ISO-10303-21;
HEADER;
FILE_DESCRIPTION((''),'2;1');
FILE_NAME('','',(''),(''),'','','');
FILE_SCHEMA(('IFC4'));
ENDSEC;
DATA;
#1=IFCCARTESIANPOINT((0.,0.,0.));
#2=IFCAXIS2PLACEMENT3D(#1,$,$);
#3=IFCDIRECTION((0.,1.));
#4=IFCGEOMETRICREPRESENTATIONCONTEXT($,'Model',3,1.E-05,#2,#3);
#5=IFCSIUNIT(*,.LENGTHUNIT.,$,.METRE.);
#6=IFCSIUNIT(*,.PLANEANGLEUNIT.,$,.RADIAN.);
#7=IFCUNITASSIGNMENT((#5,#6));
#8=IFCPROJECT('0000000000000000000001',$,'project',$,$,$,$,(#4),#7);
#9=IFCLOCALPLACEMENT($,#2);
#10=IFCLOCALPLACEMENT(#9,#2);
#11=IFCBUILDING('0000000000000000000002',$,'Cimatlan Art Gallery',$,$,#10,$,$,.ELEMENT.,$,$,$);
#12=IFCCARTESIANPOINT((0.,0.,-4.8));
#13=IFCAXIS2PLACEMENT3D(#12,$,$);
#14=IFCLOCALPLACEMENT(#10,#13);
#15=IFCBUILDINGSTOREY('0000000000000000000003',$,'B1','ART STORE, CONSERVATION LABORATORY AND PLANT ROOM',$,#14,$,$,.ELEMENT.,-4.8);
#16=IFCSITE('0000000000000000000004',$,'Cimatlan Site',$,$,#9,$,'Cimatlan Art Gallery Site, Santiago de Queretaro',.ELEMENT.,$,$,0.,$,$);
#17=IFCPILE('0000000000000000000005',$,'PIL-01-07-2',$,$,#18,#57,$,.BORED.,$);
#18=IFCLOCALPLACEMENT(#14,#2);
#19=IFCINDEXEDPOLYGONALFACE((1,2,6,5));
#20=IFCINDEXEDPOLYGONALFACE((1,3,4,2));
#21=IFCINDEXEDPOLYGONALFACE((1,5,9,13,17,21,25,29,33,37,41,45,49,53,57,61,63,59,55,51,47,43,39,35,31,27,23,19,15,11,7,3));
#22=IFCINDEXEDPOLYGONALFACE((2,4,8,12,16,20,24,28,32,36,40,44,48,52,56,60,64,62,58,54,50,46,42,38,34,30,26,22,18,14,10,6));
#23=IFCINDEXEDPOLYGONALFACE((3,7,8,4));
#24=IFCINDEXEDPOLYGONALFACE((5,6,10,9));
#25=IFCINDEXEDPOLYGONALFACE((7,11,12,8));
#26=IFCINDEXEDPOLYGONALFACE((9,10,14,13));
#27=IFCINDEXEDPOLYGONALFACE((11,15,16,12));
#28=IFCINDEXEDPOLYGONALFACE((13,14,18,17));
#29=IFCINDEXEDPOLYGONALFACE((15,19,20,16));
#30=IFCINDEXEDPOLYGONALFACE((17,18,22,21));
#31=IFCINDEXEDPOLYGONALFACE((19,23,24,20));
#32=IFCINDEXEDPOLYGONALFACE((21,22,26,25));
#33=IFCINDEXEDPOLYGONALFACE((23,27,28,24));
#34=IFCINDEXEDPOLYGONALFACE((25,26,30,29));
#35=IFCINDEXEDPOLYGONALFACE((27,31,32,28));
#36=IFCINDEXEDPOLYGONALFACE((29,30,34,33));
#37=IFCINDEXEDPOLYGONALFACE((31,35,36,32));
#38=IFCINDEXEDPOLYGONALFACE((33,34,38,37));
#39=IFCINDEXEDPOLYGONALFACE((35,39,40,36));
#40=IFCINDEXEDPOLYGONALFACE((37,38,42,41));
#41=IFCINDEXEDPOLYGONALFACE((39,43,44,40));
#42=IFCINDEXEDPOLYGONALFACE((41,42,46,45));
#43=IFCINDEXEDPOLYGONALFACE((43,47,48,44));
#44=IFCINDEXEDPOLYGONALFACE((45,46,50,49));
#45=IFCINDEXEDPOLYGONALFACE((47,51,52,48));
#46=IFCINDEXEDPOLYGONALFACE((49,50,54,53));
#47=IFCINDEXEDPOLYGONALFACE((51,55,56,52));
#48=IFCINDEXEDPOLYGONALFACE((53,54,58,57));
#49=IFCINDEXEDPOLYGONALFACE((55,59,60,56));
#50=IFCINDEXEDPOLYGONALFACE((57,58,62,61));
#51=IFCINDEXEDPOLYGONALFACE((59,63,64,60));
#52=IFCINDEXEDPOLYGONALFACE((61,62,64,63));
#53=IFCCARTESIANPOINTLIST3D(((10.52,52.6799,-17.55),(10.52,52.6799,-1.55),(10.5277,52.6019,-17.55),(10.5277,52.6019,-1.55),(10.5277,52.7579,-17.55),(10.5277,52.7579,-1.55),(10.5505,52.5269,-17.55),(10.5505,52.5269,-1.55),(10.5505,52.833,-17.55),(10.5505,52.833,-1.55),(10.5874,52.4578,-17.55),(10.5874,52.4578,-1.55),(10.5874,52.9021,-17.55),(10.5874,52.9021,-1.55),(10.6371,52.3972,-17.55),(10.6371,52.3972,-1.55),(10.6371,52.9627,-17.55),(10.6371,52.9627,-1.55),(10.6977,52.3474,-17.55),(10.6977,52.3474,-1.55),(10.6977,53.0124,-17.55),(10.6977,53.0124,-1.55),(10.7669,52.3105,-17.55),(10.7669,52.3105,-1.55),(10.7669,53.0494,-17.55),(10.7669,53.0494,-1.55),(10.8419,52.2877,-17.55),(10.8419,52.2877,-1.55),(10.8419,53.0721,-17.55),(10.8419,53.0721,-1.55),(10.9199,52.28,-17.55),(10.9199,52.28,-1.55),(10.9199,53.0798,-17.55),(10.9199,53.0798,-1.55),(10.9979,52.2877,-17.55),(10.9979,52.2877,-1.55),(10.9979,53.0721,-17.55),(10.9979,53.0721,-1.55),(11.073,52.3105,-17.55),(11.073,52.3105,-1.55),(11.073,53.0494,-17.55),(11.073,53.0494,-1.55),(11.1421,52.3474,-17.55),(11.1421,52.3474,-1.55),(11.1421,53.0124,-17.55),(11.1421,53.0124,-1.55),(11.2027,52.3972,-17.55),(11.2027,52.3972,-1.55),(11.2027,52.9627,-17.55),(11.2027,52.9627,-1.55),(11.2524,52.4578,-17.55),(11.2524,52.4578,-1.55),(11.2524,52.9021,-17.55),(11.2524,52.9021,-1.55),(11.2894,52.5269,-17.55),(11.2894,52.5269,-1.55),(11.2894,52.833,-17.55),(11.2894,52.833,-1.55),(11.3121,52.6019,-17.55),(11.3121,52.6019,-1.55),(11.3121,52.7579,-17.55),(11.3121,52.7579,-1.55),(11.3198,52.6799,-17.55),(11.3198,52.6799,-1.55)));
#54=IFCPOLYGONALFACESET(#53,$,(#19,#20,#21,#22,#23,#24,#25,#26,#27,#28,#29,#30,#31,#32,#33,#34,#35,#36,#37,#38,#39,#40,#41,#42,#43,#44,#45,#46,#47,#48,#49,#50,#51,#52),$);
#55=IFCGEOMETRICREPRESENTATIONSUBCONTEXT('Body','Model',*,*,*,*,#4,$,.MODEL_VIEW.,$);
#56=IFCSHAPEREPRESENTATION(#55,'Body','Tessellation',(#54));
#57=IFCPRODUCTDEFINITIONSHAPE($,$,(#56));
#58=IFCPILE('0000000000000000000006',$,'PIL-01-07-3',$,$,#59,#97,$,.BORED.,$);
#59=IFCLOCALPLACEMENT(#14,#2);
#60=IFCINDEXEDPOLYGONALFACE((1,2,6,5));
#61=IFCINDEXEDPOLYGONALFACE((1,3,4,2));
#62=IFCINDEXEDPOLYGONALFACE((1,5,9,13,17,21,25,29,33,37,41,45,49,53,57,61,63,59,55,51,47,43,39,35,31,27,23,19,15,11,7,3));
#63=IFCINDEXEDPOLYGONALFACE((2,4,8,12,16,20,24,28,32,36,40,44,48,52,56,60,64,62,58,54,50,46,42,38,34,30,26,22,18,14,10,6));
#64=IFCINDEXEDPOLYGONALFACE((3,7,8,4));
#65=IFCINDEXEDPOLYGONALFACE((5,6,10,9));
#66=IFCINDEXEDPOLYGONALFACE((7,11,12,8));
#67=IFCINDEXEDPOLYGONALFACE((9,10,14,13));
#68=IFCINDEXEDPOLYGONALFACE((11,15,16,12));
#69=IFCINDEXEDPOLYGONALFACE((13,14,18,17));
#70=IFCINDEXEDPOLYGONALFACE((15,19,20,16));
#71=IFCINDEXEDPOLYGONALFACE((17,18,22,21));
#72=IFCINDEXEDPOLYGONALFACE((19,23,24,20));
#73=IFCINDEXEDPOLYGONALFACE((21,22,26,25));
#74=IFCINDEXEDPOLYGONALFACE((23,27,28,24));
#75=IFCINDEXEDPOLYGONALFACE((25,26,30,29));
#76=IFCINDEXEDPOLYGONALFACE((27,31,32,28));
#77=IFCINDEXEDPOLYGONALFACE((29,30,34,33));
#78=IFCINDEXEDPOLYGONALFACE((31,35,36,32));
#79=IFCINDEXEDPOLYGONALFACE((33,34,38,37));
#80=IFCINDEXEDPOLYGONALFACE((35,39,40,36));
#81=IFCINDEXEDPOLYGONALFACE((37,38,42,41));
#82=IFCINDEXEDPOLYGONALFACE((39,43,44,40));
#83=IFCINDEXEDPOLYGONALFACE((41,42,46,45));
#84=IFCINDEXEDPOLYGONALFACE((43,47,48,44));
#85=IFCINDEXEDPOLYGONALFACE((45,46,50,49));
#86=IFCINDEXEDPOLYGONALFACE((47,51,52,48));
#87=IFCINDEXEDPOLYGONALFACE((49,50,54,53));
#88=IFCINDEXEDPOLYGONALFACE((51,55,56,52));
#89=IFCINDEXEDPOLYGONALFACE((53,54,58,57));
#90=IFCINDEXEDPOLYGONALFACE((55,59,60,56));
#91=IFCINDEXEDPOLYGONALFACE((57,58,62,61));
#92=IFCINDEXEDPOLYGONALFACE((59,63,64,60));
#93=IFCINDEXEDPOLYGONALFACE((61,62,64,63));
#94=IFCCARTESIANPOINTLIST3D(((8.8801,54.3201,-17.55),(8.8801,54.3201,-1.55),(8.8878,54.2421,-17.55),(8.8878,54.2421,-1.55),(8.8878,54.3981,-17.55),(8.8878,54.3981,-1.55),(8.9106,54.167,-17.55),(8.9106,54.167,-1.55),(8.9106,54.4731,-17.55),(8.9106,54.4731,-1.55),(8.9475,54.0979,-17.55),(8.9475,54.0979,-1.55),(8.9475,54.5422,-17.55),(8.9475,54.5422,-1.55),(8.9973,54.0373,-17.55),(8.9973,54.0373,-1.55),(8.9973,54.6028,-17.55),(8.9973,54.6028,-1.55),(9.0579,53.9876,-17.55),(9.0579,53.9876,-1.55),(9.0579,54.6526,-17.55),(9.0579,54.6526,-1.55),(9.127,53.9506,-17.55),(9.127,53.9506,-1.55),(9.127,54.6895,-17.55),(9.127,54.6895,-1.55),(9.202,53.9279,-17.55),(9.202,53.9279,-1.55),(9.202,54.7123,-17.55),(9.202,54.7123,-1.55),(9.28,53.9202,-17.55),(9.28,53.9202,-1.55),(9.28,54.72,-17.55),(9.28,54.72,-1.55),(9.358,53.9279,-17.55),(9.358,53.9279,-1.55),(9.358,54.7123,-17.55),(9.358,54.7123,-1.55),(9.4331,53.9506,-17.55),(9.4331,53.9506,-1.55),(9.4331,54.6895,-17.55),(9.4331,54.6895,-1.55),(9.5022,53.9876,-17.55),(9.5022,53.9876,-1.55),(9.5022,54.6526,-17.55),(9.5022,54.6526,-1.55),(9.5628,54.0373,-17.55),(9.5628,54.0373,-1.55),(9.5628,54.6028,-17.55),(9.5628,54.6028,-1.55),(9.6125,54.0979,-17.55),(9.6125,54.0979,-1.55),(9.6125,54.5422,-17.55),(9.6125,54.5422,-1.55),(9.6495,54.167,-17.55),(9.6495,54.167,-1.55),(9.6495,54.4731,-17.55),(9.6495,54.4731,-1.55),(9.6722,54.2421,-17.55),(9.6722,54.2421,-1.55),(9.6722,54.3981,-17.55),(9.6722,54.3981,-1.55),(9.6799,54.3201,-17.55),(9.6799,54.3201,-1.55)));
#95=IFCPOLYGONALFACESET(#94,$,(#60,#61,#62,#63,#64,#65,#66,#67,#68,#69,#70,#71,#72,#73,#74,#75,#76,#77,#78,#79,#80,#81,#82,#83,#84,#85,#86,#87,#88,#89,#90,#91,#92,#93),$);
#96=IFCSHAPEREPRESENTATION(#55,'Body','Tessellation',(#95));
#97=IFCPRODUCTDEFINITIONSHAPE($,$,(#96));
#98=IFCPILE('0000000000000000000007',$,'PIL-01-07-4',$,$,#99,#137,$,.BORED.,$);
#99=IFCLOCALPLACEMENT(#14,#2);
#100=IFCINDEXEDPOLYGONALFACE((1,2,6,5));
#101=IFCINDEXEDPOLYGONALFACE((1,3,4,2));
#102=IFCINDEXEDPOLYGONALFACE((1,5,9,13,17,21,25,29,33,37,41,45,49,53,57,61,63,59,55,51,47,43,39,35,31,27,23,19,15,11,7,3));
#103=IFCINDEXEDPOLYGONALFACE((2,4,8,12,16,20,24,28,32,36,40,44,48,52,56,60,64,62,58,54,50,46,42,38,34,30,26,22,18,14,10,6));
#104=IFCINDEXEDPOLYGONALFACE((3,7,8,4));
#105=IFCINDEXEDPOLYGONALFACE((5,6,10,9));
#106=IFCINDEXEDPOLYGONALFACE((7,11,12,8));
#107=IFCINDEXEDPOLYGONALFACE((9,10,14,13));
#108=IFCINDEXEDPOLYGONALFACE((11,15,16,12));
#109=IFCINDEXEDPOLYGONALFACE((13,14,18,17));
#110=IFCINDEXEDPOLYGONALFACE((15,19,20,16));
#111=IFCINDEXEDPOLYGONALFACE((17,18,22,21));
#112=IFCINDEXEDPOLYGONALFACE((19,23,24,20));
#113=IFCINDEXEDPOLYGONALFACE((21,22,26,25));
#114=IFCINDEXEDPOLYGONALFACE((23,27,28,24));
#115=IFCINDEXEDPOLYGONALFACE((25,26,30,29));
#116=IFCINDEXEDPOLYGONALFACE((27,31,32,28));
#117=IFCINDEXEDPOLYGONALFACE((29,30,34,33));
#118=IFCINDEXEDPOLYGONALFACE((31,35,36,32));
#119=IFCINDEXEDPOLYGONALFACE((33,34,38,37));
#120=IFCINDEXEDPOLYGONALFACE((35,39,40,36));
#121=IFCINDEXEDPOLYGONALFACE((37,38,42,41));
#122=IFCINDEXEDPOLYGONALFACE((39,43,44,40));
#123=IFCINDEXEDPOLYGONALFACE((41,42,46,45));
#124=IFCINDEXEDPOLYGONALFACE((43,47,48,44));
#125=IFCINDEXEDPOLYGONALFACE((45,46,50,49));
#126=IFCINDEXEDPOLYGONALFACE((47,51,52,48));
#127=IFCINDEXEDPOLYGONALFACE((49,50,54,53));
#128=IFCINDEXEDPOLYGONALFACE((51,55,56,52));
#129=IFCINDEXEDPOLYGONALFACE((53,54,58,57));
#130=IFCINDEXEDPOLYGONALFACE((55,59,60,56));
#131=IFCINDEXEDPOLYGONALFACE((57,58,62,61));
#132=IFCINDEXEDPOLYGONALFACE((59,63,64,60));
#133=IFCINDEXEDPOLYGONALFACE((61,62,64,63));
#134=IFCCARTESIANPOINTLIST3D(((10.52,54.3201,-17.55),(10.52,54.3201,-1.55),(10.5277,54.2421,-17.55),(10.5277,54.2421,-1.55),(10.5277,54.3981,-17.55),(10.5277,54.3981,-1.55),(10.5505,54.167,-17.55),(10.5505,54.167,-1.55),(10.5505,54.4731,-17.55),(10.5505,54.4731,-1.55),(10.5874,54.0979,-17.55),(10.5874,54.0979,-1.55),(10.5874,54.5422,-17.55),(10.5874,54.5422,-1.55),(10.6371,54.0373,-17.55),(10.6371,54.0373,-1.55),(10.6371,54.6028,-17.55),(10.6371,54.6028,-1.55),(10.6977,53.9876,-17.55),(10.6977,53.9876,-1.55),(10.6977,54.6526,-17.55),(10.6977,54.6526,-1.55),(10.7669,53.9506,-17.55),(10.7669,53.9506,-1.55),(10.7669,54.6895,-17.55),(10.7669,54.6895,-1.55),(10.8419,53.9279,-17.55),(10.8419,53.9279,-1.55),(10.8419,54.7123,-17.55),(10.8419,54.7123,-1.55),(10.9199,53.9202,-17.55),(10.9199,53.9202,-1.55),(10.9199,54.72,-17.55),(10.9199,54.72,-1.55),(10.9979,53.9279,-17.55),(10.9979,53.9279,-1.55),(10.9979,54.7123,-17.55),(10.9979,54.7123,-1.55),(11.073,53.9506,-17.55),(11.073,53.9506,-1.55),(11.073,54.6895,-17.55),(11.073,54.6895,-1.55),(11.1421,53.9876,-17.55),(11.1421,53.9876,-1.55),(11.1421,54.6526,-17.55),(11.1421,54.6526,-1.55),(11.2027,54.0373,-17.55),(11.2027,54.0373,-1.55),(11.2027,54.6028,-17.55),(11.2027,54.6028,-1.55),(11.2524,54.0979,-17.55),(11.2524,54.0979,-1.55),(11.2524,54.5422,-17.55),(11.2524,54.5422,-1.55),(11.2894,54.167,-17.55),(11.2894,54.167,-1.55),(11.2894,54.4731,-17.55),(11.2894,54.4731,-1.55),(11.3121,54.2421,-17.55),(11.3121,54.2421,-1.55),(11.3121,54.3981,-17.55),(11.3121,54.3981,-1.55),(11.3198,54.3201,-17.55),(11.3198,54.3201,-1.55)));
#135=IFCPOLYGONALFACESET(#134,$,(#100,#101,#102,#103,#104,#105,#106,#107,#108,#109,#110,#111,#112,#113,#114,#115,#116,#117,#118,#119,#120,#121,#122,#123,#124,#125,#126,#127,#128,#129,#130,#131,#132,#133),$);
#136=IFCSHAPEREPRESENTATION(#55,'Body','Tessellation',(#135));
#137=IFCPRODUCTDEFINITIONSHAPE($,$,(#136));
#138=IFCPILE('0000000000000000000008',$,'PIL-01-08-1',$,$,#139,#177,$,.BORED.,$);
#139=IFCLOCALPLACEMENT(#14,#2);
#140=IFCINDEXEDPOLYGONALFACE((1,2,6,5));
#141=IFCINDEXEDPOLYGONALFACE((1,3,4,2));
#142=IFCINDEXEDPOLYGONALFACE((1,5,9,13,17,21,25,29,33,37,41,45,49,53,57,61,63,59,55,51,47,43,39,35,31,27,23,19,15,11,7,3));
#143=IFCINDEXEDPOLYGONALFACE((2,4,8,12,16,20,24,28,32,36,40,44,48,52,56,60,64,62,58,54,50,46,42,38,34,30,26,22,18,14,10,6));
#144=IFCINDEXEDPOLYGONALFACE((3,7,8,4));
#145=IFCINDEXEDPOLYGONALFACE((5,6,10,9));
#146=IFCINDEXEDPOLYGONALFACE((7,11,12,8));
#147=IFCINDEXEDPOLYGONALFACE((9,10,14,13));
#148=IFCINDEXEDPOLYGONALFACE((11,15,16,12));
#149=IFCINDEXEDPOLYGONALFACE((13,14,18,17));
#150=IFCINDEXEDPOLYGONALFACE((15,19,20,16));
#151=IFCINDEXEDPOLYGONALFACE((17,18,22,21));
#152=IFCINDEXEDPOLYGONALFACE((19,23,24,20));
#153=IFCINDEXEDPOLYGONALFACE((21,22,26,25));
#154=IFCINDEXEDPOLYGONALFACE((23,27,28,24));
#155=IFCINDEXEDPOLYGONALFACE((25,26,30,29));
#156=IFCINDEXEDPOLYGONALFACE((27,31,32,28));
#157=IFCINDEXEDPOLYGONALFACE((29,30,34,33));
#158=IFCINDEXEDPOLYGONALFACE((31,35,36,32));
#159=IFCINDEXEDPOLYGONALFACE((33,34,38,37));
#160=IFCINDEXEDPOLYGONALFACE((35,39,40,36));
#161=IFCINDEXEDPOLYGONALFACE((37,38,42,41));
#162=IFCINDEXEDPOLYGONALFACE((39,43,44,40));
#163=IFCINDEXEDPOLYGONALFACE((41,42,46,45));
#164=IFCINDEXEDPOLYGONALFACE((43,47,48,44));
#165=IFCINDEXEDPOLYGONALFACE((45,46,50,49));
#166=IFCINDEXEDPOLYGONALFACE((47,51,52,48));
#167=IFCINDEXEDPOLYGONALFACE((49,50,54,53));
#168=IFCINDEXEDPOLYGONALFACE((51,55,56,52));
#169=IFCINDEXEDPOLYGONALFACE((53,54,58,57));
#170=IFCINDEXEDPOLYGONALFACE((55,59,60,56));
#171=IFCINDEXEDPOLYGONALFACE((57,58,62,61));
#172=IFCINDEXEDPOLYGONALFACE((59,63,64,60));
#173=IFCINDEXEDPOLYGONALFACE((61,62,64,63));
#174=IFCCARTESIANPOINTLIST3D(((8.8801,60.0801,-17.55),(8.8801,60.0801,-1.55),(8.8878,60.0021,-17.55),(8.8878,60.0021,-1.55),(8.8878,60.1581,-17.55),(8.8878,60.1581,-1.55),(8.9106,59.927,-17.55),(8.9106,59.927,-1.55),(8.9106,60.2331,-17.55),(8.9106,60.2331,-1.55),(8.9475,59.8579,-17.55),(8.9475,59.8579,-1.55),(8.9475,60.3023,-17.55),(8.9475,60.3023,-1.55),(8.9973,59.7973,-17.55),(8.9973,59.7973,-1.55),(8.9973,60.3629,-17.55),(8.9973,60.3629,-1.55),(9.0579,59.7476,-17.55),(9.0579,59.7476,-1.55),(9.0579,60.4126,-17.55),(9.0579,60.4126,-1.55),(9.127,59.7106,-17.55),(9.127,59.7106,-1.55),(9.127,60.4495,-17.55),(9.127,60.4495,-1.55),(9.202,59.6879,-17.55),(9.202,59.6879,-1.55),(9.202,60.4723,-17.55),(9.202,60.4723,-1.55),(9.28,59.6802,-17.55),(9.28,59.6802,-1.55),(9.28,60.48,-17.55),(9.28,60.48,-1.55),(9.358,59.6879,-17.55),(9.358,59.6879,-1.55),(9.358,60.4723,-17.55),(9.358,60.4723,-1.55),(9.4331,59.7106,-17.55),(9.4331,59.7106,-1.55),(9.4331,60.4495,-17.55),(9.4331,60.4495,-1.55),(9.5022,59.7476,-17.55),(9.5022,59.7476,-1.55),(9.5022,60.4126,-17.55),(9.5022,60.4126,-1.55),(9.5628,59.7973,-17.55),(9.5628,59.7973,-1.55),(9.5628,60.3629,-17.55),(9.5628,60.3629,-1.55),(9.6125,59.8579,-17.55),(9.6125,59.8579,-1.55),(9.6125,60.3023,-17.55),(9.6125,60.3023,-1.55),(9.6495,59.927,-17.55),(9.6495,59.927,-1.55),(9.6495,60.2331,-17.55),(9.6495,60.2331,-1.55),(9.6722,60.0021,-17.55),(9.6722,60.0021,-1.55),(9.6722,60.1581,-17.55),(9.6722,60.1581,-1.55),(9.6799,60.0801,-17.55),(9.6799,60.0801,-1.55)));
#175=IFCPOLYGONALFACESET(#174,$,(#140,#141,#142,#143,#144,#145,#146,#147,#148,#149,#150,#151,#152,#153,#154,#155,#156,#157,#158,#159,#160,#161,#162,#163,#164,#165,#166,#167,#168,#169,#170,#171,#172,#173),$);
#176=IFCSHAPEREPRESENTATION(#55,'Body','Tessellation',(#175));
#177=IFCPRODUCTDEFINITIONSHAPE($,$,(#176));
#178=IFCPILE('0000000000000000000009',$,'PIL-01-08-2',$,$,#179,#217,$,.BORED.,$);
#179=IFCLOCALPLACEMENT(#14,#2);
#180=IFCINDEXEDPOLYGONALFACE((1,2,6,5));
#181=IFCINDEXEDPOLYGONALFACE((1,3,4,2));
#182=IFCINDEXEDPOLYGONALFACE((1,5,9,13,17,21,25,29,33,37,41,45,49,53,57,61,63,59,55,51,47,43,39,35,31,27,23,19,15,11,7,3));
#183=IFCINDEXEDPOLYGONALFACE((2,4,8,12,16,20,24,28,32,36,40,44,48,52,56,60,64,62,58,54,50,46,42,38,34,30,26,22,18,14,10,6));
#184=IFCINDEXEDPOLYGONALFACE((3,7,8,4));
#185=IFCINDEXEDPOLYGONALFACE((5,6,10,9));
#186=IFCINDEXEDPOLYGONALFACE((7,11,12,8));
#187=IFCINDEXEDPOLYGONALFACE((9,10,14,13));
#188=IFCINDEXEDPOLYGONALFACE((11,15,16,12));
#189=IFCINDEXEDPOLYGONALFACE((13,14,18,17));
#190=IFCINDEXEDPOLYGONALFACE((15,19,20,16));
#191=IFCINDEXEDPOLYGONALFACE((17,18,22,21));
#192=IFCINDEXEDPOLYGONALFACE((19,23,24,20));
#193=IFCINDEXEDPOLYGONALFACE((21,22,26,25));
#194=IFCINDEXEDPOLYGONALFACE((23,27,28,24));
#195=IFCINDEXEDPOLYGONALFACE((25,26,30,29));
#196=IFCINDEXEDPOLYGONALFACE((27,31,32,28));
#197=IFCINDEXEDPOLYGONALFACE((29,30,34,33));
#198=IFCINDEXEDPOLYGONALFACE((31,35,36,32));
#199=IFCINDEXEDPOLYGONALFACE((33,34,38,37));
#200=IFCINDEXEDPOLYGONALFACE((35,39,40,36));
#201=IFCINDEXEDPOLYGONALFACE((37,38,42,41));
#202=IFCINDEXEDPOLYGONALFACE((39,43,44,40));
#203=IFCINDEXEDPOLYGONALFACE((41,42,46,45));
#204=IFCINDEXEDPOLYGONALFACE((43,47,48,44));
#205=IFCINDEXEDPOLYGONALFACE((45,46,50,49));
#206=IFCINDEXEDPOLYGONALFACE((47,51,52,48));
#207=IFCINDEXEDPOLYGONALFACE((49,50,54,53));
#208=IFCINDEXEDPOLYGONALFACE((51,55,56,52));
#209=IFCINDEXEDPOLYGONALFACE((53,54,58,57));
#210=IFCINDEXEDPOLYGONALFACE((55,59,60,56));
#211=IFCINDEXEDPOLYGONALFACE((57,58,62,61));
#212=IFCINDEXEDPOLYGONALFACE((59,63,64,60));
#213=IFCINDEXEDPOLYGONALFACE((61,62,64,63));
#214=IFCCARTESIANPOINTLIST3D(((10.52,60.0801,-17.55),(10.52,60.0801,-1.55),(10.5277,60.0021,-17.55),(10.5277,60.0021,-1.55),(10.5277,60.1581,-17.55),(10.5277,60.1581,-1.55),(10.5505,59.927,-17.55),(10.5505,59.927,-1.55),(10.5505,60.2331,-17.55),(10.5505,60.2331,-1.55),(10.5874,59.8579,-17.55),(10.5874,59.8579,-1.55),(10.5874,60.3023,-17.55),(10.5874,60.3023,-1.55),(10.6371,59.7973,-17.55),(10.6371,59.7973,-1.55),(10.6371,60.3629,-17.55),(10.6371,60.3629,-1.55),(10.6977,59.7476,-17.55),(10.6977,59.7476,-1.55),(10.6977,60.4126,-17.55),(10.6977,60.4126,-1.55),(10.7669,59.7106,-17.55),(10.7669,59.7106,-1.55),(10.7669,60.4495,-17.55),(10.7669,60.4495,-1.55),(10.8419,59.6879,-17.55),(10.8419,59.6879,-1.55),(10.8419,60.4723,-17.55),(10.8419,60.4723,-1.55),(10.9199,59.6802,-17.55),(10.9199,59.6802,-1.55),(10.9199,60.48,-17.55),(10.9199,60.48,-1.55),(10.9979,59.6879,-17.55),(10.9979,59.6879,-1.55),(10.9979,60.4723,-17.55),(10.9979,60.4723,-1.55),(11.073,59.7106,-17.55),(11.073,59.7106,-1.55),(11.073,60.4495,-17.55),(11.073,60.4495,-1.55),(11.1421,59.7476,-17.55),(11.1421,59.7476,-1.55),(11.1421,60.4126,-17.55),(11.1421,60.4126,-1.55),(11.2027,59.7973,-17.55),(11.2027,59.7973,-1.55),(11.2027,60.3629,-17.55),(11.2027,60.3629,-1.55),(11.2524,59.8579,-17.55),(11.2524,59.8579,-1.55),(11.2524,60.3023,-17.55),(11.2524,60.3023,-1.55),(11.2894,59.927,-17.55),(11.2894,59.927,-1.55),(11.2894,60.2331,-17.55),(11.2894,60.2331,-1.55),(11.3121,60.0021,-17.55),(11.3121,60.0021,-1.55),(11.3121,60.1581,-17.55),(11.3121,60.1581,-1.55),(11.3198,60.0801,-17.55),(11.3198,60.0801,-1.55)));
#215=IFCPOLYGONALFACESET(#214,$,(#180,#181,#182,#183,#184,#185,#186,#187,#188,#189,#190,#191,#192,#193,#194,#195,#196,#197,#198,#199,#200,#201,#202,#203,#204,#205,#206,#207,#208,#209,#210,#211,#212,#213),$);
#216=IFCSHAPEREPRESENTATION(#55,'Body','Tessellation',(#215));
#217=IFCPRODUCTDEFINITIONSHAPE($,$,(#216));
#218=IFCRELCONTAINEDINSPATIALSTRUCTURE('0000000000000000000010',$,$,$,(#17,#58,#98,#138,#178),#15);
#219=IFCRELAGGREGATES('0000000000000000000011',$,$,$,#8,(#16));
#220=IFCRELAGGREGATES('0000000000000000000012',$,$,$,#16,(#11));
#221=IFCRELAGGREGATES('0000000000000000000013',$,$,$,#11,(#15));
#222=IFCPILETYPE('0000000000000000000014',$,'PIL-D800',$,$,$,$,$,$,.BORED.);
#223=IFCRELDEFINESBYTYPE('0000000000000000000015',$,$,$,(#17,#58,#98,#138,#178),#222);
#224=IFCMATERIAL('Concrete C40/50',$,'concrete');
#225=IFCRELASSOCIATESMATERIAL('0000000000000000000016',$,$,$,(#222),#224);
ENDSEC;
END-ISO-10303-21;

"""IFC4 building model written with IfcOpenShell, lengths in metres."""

from ifc_helpers import new_model, si_unit, direction, frame, origin, origin_2d, place, context, subcontext, project, spatial, circle, extrude, material, type_object, element, save


model = new_model("IFC4")

# Units and contexts
model_context = context("Model", 3, precision=1e-05, world=origin(), true_north=direction((0.0, 1.0)))
body_context = subcontext(model_context, "Body", "Model", "MODEL_VIEW")
ifc_project = project(units=[si_unit("LENGTHUNIT", "METRE"), si_unit("PLANEANGLEUNIT", "RADIAN")], contexts=[model_context])

# Site, building, storey
site_placement = place(None, origin())
site = spatial("IfcSite", under=ifc_project, at=site_placement, Name="Cimatlan Site", LongName="Cimatlan Art Gallery Site, Santiago de Queretaro", CompositionType="ELEMENT", RefElevation=0.0)
building_placement = place(site_placement, origin())
building = spatial("IfcBuilding", under=site, at=building_placement, Name="Cimatlan Art Gallery", CompositionType="ELEMENT")
storey_placement = place(building_placement, frame((0.0, 0.0, -4.8)))
storey = spatial("IfcBuildingStorey", under=building, at=storey_placement, Name="B1", Description="ART STORE, CONSERVATION LABORATORY AND PLANT ROOM", CompositionType="ELEMENT", Elevation=-4.8)

# Shared definitions
ifc_material_1 = material(Name="Concrete C40/50", Category="concrete")

# Piles
pile_type_1 = type_object("IfcPileType", Name="PIL-D800", PredefinedType="BORED", material=ifc_material_1)
for number, where, z_axis, x_axis, name in (
    (1, (10.9199, 52.6799, -1.55), (0.0, 0.0, -1.0), (1.0, 0.0, 0.0), "PIL-01-07-2"),
    (2, (9.28, 54.3201, -1.55), (0.0, 0.0, -1.0), (1.0, 0.0, 0.0), "PIL-01-07-3"),
    (3, (10.9199, 54.3201, -1.55), (0.0, 0.0, -1.0), (1.0, 0.0, 0.0), "PIL-01-07-4"),
    (4, (9.28, 60.0801, -1.55), (0.0, 0.0, -1.0), (1.0, 0.0, 0.0), "PIL-01-08-1"),
    (5, (10.9199, 60.0801, -1.55), (0.0, 0.0, -1.0), (1.0, 0.0, 0.0), "PIL-01-08-2"),
):
    element("IfcPile", number, at=place(storey_placement, frame(where, z_axis=z_axis, x_axis=x_axis)), inside=storey, type_object=pile_type_1, Name=name, PredefinedType="BORED", context=body_context, shape_type="SweptSolid", body=[
        extrude(circle(Radius=0.3999, at=origin_2d()), origin(), (0.0, 0.0, 1.0), 16.0),
    ])

save(model, "model.ifc")
